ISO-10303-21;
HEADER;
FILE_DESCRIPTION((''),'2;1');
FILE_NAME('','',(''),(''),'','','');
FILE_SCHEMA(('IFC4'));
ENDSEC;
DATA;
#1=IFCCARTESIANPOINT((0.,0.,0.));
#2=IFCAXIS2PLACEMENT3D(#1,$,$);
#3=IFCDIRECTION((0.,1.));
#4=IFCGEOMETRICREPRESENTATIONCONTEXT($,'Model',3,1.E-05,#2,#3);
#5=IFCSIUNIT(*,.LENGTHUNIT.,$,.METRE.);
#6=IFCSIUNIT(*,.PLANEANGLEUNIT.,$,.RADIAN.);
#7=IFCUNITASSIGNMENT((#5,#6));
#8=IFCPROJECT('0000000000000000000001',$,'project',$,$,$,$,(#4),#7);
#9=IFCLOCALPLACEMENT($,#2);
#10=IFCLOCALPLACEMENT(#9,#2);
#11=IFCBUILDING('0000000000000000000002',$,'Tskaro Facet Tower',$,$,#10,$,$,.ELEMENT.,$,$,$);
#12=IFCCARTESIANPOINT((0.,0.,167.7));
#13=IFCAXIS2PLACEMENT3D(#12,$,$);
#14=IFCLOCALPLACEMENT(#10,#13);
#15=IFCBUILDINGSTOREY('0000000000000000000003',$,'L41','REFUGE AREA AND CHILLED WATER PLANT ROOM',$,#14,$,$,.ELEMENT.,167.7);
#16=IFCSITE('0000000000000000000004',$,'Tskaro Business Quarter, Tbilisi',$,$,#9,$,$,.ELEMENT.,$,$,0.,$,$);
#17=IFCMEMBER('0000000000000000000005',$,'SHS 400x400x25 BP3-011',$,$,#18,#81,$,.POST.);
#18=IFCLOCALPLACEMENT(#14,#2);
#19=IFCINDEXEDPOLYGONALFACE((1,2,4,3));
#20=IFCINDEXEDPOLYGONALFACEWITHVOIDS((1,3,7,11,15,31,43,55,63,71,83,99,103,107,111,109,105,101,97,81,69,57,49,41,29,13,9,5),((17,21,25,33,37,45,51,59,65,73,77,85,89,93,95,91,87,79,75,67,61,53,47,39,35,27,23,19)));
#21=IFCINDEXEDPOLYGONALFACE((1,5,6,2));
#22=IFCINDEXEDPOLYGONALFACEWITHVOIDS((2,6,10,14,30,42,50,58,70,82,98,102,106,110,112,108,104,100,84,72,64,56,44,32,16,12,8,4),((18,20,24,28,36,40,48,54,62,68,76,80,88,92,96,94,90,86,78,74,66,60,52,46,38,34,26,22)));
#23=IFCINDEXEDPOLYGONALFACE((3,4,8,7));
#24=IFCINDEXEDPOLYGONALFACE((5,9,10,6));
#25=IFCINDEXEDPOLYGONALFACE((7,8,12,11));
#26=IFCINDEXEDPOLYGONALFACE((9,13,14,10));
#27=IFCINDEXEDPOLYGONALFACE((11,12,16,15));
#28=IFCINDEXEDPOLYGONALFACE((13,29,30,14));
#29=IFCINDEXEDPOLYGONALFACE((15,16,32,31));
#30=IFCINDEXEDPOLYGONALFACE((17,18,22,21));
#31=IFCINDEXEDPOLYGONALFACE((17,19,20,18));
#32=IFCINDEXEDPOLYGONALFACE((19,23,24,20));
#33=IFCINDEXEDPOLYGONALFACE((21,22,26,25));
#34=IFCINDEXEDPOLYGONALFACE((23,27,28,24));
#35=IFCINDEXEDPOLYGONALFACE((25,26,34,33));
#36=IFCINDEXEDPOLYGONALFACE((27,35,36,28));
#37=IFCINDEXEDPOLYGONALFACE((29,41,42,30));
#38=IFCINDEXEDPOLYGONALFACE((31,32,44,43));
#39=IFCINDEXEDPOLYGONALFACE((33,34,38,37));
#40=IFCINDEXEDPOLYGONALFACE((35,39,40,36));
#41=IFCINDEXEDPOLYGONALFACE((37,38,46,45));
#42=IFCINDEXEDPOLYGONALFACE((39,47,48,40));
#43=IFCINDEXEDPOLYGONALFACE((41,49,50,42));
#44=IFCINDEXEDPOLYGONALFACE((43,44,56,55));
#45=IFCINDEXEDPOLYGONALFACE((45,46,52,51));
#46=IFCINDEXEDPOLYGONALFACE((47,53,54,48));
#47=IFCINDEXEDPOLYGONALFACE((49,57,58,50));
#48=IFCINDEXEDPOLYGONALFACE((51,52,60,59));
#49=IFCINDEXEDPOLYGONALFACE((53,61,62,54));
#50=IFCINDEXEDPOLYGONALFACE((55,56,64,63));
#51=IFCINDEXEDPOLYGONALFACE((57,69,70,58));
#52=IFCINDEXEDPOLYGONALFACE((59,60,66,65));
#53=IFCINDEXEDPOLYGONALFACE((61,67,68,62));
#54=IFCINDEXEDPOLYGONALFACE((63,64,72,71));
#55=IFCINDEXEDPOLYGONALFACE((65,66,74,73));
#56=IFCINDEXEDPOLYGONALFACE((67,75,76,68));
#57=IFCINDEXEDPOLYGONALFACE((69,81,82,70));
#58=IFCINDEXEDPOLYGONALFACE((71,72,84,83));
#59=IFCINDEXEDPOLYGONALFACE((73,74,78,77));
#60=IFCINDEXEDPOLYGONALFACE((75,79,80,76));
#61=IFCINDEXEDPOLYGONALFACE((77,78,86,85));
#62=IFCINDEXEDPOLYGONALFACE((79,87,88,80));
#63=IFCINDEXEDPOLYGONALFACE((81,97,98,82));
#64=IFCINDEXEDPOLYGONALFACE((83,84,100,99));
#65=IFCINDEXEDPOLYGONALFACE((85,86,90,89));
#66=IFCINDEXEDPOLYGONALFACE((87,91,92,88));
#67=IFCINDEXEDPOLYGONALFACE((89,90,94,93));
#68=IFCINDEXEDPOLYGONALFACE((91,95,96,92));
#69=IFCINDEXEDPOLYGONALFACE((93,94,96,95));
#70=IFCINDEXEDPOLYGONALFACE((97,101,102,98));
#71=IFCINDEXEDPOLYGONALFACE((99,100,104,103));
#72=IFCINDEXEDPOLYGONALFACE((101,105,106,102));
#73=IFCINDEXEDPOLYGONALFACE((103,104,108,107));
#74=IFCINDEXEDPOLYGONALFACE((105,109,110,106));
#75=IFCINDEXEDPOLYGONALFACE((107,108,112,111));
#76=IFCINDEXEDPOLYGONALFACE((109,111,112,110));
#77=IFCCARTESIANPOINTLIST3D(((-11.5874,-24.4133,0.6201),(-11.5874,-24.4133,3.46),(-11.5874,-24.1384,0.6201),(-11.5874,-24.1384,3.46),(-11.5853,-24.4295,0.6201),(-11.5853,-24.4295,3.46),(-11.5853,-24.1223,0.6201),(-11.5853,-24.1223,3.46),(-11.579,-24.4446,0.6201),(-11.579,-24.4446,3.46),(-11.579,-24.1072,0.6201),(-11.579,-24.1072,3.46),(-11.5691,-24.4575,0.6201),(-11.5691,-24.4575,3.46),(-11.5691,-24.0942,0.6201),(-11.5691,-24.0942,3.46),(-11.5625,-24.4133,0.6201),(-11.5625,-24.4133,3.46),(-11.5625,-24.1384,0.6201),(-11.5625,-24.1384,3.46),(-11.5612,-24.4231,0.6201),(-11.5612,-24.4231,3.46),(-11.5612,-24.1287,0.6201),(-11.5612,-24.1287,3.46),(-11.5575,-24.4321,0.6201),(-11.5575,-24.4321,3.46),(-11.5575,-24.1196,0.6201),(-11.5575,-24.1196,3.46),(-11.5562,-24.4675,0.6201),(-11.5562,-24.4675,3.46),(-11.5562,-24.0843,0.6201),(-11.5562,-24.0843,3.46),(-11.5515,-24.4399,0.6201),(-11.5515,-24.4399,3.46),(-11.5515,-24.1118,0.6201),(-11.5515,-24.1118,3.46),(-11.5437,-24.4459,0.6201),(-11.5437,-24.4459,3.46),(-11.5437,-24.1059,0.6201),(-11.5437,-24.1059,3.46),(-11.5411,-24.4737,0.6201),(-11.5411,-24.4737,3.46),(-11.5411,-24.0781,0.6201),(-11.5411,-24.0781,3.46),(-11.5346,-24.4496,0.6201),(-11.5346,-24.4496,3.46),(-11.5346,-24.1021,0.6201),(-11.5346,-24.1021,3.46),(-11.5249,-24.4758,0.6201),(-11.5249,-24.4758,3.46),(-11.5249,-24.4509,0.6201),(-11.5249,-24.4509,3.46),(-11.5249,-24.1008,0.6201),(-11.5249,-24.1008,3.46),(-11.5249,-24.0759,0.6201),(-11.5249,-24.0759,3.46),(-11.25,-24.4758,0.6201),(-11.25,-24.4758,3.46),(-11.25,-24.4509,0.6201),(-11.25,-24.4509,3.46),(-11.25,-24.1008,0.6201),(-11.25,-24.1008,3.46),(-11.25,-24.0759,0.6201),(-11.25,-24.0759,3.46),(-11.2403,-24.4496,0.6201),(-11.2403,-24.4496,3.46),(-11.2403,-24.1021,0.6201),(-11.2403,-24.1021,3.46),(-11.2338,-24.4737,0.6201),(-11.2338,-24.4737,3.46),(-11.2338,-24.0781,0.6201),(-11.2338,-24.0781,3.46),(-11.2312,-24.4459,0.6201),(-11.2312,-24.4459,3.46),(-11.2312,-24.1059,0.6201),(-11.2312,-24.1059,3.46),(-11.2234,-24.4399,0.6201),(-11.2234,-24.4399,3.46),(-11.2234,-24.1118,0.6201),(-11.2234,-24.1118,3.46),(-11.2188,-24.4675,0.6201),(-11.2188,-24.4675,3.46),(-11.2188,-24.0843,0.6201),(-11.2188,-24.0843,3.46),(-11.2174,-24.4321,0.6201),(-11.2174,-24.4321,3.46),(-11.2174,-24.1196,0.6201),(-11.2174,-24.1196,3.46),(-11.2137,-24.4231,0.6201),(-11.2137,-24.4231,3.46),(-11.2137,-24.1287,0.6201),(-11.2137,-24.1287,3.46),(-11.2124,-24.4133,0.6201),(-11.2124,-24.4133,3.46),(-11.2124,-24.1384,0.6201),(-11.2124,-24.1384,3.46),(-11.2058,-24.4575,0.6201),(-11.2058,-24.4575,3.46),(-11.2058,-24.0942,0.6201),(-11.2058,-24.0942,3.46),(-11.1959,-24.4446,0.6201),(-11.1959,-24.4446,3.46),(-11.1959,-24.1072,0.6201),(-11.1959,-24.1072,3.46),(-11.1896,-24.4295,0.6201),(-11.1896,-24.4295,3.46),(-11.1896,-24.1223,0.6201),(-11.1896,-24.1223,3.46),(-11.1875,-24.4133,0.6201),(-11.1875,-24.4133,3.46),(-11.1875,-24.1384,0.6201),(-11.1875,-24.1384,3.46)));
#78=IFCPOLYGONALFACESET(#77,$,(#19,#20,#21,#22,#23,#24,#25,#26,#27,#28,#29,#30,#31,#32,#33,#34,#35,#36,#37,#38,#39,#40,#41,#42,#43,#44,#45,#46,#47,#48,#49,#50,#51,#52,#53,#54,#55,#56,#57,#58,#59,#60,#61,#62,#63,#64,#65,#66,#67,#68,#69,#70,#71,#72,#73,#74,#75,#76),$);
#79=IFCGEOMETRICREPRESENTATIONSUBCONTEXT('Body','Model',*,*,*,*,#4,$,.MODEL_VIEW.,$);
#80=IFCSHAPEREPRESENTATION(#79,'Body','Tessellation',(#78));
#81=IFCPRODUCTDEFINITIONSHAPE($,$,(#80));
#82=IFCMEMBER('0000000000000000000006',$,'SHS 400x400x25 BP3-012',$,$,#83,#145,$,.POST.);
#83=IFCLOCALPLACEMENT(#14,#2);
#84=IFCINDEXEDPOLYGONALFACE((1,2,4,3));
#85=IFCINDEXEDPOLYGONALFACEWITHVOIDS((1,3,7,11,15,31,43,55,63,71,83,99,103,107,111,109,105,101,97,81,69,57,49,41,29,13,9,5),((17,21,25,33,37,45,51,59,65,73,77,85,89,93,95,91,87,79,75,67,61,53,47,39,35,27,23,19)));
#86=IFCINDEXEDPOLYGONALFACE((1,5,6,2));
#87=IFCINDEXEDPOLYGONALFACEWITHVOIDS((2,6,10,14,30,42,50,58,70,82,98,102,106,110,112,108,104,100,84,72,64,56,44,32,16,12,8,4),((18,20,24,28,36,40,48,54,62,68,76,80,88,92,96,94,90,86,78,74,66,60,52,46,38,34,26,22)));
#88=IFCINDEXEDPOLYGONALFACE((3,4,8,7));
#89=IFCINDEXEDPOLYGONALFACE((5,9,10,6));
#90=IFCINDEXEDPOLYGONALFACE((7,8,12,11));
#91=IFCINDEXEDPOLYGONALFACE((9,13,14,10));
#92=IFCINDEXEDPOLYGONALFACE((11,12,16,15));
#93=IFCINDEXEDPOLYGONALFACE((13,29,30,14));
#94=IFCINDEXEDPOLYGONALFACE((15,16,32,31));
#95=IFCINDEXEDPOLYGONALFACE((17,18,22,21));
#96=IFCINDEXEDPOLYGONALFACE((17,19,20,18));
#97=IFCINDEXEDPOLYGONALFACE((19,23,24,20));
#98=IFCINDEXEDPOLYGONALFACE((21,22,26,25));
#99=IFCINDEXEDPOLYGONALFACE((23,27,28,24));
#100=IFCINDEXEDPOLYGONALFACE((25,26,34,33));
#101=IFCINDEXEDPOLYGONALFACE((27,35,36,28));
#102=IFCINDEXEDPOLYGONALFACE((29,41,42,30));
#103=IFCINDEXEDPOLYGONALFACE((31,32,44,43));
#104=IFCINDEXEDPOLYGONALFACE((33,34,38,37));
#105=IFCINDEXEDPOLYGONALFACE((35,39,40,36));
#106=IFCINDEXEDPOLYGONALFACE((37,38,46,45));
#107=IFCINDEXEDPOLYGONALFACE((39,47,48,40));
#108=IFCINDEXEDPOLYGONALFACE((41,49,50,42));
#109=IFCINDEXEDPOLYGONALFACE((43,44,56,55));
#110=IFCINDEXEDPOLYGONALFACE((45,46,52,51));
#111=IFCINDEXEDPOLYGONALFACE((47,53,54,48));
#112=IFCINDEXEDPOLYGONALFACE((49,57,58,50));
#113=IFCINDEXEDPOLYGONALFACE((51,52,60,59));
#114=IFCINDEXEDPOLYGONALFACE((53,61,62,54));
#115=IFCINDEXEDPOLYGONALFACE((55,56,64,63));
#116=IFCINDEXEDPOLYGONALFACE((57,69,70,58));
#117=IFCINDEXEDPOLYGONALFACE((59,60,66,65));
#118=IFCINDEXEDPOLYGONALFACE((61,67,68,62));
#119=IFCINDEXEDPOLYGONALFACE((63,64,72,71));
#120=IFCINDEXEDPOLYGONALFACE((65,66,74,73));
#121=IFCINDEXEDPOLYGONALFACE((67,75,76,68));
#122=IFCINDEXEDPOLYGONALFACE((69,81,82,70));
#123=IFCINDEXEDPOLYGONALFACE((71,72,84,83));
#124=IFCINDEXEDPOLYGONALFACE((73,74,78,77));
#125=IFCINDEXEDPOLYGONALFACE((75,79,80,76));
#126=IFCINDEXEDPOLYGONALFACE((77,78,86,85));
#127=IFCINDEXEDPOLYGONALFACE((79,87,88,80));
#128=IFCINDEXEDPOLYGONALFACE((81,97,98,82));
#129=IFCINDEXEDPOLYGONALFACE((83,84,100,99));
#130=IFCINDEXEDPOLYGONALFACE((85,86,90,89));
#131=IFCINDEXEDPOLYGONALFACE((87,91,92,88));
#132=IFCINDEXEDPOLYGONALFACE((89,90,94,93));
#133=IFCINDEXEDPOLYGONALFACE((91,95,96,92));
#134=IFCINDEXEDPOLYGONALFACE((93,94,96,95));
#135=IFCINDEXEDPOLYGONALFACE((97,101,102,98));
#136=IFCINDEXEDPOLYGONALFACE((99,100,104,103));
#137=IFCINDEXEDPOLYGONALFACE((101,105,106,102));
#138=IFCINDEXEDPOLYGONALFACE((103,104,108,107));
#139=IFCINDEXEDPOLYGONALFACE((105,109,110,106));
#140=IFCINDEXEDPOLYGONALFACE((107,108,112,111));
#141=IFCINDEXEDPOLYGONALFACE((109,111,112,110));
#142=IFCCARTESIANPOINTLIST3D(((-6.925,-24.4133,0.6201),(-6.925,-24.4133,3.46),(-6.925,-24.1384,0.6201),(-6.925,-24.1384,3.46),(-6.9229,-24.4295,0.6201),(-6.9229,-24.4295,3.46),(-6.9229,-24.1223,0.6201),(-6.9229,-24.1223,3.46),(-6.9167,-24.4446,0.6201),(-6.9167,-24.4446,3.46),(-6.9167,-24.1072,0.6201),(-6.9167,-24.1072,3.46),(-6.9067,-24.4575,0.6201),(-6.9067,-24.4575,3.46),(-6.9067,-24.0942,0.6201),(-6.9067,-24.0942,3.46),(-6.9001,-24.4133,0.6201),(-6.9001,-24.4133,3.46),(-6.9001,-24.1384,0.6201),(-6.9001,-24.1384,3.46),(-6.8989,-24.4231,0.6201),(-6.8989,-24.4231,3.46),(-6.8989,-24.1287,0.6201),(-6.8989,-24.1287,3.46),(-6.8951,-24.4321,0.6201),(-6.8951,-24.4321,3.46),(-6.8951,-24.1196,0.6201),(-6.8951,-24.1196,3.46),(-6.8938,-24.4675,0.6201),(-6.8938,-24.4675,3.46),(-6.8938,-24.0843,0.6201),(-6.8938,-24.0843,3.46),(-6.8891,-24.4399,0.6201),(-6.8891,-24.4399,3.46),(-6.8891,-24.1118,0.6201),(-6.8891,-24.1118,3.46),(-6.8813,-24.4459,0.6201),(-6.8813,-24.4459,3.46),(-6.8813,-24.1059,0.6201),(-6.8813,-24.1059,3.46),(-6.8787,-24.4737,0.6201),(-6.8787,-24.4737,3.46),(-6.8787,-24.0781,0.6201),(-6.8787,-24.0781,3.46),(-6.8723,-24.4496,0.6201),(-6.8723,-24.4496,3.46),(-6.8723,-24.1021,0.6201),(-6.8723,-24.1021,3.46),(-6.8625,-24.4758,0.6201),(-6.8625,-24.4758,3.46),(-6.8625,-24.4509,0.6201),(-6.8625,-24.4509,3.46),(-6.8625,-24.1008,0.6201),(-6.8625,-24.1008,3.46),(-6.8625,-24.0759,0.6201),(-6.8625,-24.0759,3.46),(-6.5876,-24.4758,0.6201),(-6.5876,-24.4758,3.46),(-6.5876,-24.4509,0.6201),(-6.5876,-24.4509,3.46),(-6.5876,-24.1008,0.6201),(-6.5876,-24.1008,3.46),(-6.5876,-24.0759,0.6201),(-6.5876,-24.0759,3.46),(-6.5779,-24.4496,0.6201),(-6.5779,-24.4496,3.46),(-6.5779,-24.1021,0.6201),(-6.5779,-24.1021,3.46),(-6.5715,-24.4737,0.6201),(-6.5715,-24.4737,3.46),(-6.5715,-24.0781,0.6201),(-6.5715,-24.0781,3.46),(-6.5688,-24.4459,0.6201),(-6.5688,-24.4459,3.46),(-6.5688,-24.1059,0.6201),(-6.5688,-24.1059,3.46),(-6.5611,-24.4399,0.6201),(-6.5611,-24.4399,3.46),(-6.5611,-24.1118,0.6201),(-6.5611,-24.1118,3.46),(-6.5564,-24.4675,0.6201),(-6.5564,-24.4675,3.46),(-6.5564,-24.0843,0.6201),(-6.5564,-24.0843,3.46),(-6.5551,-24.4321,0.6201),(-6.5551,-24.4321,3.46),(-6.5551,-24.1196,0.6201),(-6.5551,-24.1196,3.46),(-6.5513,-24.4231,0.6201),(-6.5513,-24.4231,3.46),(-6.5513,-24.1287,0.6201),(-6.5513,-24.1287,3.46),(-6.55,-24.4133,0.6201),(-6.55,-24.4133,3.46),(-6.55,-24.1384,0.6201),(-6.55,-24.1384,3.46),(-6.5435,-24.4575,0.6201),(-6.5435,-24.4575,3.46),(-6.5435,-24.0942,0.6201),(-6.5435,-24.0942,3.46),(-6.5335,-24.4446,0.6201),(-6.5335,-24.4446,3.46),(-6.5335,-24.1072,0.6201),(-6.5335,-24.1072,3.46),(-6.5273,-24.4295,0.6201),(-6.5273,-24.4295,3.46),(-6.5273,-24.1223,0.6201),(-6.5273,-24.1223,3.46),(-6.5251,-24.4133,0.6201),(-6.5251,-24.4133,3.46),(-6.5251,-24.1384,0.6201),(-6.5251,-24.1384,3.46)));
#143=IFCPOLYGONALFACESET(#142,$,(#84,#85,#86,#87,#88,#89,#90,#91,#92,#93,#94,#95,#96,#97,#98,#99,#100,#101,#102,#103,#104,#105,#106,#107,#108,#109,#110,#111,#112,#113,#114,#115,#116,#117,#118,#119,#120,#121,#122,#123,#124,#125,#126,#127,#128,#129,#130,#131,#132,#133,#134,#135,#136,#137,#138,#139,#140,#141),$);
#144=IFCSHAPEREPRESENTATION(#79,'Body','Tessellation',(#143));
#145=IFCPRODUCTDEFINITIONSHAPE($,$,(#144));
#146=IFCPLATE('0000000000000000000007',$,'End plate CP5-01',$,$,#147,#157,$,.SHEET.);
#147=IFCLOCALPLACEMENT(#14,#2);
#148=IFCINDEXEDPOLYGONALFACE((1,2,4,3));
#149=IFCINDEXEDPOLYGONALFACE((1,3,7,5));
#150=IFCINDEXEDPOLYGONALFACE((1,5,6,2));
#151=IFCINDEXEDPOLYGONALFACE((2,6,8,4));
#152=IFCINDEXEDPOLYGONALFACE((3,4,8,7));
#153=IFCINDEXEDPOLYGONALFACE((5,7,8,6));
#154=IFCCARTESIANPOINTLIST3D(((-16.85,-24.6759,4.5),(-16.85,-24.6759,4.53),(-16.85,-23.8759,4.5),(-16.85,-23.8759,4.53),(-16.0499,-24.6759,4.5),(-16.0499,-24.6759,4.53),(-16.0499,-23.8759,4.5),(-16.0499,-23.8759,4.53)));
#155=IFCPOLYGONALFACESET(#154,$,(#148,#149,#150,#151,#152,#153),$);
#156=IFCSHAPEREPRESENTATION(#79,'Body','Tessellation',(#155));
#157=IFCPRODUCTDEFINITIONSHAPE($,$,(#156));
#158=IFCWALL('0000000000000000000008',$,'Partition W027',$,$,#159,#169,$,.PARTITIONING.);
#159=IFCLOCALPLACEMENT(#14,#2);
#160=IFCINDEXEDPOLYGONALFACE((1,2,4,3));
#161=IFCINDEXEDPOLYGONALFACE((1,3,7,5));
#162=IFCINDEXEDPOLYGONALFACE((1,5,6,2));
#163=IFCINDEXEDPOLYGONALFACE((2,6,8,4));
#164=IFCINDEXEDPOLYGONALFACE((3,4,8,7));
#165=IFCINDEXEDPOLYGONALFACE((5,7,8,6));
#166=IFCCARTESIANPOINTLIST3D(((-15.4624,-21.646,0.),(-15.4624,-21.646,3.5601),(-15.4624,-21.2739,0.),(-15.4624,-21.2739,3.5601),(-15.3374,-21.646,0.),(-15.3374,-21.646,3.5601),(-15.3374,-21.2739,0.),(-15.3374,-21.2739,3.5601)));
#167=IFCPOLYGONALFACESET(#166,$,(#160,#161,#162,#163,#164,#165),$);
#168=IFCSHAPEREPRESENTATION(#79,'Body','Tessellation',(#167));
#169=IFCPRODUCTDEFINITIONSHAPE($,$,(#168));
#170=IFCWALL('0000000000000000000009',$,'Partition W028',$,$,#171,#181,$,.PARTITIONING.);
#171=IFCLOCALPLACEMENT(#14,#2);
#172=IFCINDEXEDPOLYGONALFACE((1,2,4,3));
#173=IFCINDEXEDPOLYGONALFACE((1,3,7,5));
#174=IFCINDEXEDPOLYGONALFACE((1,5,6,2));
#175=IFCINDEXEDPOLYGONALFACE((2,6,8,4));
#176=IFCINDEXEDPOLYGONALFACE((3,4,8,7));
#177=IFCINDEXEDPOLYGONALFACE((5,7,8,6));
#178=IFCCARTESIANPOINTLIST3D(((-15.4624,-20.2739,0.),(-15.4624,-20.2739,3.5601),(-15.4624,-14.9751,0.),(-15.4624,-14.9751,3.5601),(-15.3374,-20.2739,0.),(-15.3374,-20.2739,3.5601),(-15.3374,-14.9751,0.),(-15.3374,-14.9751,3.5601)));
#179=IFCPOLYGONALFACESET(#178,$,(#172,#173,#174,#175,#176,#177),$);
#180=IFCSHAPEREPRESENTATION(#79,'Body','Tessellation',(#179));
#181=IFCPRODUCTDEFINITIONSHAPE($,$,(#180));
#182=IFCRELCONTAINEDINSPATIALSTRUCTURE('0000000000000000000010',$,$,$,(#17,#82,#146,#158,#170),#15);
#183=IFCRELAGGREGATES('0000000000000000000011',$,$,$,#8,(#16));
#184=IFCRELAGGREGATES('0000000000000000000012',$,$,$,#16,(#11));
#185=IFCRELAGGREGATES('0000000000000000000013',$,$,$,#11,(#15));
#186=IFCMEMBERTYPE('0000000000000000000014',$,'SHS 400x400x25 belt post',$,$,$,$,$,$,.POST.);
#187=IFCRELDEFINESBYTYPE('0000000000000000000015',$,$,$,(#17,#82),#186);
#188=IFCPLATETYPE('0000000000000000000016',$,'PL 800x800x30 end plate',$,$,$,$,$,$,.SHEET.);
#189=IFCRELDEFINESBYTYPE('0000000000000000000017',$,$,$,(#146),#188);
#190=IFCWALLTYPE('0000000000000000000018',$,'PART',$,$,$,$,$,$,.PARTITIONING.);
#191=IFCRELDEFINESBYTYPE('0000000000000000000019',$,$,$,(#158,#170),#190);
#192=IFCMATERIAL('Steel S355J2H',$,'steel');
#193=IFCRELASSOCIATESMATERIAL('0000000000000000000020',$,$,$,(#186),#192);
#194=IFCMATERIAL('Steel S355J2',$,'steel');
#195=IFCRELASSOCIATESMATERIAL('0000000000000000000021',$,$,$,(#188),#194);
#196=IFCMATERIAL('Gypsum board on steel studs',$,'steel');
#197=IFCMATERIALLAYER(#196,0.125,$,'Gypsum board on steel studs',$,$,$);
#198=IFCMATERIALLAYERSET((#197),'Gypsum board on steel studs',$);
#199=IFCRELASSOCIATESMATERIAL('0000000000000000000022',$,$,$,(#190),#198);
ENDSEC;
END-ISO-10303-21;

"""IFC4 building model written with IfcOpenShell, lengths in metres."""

from ifc_helpers import new_model, si_unit, direction, frame, frame_2d, origin, origin_2d, place, context, subcontext, project, spatial, rectangle, hollow_rectangle, extrude, material, layer, layer_set, material_profile, profile_set, type_object, element, save


model = new_model("IFC4")

# Units and contexts
model_context = context("Model", 3, precision=1e-05, world=origin(), true_north=direction((0.0, 1.0)))
body_context = subcontext(model_context, "Body", "Model", "MODEL_VIEW")
ifc_project = project(units=[si_unit("LENGTHUNIT", "METRE"), si_unit("PLANEANGLEUNIT", "RADIAN")], contexts=[model_context])

# Site, building, storey
site_placement = place(None, origin())
site = spatial("IfcSite", under=ifc_project, at=site_placement, Name="Tskaro Business Quarter, Tbilisi", CompositionType="ELEMENT", RefElevation=0.0)
building_placement = place(site_placement, origin())
building = spatial("IfcBuilding", under=site, at=building_placement, Name="Tskaro Facet Tower", CompositionType="ELEMENT")
storey_placement = place(building_placement, frame((0.0, 0.0, 167.7)))
storey = spatial("IfcBuildingStorey", under=building, at=storey_placement, Name="L41", Description="REFUGE AREA AND CHILLED WATER PLANT ROOM", CompositionType="ELEMENT", Elevation=167.7)

# Shared definitions
ifc_material_1 = material(Name="Steel S355J2H", Category="steel")

# Shared definitions
ifc_material_2 = material(Name="Steel S355J2", Category="steel")

# Members
ifc_material_profile_1 = material_profile(ifc_material_1, hollow_rectangle(XDim=0.3999, YDim=0.3999, WallThickness=0.0249, InnerFilletRadius=0.0376, OuterFilletRadius=0.0625, at=origin_2d()), Name="SHS 400x400x25")
ifc_profile_set_1 = profile_set([ifc_material_profile_1], Name="Steel S355J2H")
member_type_1 = type_object("IfcMemberType", Name="SHS 400x400x25 belt post", PredefinedType="POST", material=ifc_profile_set_1)
for number, where, z_axis, x_axis, name in (
    (1, (-11.3875, -24.2759, 0.6201), (0.0, 0.0, 1.0), (1.0, 0.0, 0.0), "SHS 400x400x25 BP3-011"),
    (2, (-6.7251, -24.2759, 0.6201), (0.0, 0.0, 1.0), (1.0, 0.0, 0.0), "SHS 400x400x25 BP3-012"),
):
    element("IfcMember", number, at=place(storey_placement, frame(where, z_axis=z_axis, x_axis=x_axis)), inside=storey, type_object=member_type_1, Name=name, PredefinedType="POST", context=body_context, shape_type="SweptSolid", body=[
        extrude(hollow_rectangle(XDim=0.3999, YDim=0.3999, WallThickness=0.0249, InnerFilletRadius=0.0376, OuterFilletRadius=0.0625, at=origin_2d()), origin(), (0.0, 0.0, 1.0), 2.8398),
    ])

# Plate
ifc_material_profile_2 = material_profile(ifc_material_2, rectangle(XDim=0.8, YDim=0.8, at=origin_2d()), Name="PL 800x800x30 end plate")
ifc_profile_set_2 = profile_set([ifc_material_profile_2], Name="Steel S355J2")
plate_type = type_object("IfcPlateType", Name="PL 800x800x30 end plate", PredefinedType="SHEET", material=ifc_profile_set_2)
plate_placement = place(storey_placement, frame((-16.45, -24.2759, 4.5), z_axis=(0.0, 0.0, 1.0), x_axis=(1.0, 0.0, 0.0)))
element("IfcPlate", 3, at=plate_placement, inside=storey, type_object=plate_type, Name="End plate CP5-01", PredefinedType="SHEET", context=body_context, shape_type="SweptSolid", body=[
    extrude(rectangle(XDim=0.8, YDim=0.8, at=origin_2d()), origin(), (0.0, 0.0, 1.0), 0.03),
])

# Walls
ifc_material_3 = material(Name="Gypsum board on steel studs", Category="steel")
ifc_layer = layer(ifc_material_3, 0.125, Name="Gypsum board on steel studs")
ifc_layer_set = layer_set([ifc_layer], Name="Gypsum board on steel studs")
wall_type = type_object("IfcWallType", Name="PART", PredefinedType="PARTITIONING", material=ifc_layer_set)
wall_1_placement = place(storey_placement, frame((-15.3999, -21.646, 0.0), z_axis=(0.0, 0.0, 1.0), x_axis=(0.0, 1.0, 0.0)))
element("IfcWall", 4, at=wall_1_placement, inside=storey, type_object=wall_type, Name="Partition W027", PredefinedType="PARTITIONING", context=body_context, shape_type="SweptSolid", body=[
    extrude(rectangle(XDim=0.3721, YDim=0.125, at=frame_2d((0.186, 0.0))), origin(), (0.0, 0.0, 1.0), 3.5601),
])
wall_2_placement = place(storey_placement, frame((-15.3999, -20.2739, 0.0), z_axis=(0.0, 0.0, 1.0), x_axis=(0.0, 1.0, 0.0)))
element("IfcWall", 5, at=wall_2_placement, inside=storey, type_object=wall_type, Name="Partition W028", PredefinedType="PARTITIONING", context=body_context, shape_type="SweptSolid", body=[
    extrude(rectangle(XDim=5.2988, YDim=0.125, at=frame_2d((2.6494, 0.0))), origin(), (0.0, 0.0, 1.0), 3.5601),
])

save(model, "model.ifc")
